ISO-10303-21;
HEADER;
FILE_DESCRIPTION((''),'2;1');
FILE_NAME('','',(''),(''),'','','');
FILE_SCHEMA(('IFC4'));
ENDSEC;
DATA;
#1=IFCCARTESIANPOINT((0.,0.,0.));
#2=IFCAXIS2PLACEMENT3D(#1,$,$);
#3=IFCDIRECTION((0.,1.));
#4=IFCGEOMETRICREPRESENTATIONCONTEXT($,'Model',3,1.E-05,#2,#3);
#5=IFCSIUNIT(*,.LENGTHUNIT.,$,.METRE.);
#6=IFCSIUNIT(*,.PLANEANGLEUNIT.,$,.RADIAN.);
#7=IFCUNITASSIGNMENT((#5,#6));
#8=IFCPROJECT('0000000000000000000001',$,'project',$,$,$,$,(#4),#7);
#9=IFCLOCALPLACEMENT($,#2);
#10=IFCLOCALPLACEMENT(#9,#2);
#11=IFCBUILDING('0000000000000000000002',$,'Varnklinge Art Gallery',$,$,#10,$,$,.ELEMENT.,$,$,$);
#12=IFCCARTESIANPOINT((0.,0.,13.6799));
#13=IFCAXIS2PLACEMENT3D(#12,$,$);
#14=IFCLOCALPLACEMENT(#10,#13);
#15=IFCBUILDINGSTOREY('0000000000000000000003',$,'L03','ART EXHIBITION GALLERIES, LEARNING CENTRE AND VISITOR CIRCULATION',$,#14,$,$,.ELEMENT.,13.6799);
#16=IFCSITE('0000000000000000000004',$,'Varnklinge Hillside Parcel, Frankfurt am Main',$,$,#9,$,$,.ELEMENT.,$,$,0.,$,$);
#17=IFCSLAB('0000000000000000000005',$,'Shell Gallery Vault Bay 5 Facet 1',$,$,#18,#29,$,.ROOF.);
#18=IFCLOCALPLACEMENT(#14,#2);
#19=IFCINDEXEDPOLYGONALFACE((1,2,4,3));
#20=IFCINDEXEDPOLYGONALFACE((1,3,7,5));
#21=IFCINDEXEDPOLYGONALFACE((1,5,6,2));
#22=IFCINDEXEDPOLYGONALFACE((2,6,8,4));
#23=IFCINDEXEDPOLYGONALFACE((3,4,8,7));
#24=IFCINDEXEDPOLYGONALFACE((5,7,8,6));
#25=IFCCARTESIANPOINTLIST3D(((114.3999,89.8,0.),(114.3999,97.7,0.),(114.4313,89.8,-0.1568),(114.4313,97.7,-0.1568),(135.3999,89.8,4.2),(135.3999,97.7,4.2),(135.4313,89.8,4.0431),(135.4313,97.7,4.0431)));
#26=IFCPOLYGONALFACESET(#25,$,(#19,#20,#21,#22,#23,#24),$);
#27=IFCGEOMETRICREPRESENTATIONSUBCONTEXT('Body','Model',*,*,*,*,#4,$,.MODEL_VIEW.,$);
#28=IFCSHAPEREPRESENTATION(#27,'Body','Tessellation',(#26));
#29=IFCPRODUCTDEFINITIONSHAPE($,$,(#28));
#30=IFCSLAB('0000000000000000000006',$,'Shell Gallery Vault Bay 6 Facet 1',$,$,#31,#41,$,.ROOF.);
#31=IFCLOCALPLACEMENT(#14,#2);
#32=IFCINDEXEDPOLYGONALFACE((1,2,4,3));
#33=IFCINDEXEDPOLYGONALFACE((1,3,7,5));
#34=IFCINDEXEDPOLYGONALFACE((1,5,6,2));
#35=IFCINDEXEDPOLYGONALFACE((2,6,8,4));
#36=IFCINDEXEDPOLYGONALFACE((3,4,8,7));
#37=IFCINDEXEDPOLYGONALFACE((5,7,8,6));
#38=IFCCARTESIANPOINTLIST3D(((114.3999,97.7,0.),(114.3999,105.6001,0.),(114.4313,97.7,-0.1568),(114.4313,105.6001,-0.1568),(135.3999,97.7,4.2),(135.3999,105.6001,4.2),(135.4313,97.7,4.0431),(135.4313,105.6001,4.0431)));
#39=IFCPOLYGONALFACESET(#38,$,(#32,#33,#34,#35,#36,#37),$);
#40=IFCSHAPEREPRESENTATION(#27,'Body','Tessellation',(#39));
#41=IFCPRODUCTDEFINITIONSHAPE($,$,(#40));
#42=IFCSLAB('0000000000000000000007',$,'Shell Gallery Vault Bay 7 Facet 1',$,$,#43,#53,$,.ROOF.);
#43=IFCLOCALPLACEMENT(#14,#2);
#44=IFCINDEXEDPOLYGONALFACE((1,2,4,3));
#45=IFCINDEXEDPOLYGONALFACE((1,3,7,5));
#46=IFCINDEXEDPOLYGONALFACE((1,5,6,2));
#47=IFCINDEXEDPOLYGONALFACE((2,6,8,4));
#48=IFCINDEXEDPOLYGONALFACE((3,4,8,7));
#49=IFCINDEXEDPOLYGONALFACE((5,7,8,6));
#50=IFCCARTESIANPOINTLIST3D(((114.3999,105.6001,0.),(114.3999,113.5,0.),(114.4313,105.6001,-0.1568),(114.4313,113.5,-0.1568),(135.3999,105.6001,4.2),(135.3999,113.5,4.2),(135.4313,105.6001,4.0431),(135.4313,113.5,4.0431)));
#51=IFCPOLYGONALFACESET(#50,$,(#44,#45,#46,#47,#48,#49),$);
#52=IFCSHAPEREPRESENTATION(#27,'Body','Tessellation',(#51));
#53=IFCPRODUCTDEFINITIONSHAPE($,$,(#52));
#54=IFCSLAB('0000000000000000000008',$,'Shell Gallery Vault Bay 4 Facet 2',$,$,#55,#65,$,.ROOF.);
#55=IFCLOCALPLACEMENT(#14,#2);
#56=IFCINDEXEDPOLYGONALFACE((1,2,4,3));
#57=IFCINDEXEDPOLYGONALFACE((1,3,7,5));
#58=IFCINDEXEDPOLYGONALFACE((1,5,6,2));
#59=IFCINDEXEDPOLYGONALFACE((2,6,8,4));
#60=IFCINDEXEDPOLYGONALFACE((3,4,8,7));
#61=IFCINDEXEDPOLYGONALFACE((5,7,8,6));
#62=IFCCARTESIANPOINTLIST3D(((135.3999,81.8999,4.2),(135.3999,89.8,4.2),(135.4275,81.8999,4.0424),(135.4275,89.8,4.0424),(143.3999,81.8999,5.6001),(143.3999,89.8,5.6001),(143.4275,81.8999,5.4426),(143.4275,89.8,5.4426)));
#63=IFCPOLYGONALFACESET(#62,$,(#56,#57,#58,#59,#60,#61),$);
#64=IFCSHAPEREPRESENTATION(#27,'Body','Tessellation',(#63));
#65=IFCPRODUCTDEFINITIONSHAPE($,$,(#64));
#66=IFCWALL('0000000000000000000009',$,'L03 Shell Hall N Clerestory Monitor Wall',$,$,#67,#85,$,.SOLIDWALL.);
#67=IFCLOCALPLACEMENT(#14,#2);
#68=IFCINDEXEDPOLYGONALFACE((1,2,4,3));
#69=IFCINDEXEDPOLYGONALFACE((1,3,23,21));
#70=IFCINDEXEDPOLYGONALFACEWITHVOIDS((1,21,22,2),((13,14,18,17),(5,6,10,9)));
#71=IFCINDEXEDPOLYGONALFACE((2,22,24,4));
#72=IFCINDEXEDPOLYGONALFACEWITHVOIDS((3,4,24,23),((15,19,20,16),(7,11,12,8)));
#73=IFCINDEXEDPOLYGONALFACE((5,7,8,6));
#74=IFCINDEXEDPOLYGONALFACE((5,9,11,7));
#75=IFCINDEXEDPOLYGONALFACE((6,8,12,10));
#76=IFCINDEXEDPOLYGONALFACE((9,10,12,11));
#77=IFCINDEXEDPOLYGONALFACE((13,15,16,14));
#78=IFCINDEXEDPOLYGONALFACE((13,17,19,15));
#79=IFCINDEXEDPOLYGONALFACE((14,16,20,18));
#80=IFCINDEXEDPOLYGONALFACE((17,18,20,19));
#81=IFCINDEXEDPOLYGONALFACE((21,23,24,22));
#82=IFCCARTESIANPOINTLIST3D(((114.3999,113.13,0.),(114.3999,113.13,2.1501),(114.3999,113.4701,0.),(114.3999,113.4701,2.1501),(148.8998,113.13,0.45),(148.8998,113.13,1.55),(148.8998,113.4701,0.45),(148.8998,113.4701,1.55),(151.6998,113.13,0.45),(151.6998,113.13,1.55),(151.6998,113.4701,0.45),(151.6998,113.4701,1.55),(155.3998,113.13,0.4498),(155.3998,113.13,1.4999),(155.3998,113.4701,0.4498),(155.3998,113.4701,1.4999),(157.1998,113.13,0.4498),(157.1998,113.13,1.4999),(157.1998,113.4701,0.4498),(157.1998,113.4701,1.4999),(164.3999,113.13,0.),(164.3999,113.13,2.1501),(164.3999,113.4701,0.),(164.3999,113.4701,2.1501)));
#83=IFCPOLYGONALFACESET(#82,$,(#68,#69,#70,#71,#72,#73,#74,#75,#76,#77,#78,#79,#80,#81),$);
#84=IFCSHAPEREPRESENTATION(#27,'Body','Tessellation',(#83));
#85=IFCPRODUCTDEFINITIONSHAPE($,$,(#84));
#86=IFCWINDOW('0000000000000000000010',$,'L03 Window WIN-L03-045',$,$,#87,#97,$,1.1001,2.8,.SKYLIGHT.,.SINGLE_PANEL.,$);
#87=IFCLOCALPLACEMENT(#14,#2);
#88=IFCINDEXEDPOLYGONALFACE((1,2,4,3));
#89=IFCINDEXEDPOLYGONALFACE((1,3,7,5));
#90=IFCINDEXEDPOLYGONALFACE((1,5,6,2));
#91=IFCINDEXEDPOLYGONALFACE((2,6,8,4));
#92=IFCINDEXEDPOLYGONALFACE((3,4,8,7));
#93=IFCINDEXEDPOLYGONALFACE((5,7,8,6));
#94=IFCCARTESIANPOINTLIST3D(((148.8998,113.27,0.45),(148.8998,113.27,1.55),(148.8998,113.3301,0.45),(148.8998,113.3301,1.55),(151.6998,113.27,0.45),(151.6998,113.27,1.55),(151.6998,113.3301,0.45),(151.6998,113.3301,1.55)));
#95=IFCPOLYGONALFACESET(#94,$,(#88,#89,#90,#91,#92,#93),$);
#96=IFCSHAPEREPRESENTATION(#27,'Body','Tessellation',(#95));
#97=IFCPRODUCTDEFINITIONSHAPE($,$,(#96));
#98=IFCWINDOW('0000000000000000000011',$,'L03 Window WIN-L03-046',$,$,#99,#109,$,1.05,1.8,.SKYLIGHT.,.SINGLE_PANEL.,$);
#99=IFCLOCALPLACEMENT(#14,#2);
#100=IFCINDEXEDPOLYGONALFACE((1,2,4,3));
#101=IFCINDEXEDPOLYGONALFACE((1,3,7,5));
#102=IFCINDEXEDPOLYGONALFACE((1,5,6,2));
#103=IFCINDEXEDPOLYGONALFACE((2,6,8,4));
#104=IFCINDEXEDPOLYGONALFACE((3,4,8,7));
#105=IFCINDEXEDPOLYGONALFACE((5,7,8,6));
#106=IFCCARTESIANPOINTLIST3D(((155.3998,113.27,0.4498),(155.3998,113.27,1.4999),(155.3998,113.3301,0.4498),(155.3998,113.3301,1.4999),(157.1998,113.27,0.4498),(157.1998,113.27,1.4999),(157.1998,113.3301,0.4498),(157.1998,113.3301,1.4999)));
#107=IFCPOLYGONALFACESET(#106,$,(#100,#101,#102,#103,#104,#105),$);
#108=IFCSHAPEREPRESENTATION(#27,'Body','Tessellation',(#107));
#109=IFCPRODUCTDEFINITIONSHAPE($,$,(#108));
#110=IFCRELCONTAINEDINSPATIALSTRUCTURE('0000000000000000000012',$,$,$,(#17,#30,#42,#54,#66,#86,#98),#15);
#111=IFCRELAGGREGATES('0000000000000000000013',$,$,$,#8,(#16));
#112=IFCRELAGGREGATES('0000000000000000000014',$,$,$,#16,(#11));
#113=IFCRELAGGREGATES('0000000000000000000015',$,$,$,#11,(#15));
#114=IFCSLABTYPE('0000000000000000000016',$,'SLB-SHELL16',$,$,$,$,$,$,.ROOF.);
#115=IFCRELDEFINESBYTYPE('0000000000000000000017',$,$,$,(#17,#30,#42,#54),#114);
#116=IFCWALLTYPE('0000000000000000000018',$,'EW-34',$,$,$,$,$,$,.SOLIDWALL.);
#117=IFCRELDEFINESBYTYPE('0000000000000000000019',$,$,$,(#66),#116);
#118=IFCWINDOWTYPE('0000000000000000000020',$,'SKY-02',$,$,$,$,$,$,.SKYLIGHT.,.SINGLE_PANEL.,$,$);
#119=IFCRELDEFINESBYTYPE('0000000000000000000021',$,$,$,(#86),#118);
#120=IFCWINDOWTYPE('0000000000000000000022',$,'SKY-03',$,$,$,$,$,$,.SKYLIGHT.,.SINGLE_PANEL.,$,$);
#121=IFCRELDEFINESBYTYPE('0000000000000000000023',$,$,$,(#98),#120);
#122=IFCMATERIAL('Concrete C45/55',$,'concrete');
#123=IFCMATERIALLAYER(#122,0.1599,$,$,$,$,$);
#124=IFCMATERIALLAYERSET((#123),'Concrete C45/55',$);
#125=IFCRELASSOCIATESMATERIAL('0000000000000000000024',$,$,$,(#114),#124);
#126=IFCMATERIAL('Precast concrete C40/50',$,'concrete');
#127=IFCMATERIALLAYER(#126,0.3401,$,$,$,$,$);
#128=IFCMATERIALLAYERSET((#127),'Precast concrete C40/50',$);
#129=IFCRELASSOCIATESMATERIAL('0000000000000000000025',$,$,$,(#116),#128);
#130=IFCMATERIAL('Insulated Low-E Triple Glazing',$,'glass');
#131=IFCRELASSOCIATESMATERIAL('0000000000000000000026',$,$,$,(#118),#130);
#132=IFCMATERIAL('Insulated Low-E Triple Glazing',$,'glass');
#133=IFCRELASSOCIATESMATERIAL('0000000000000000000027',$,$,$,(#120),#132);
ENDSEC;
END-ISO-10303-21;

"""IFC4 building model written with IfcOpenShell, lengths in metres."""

from ifc_helpers import new_model, si_unit, direction, frame, frame_2d, origin, place, context, subcontext, project, spatial, polyline, rectangle, outline, extrude, material, layer, layer_set, type_object, element, fill, save


model = new_model("IFC4")

# Units and contexts
model_context = context("Model", 3, precision=1e-05, world=origin(), true_north=direction((0.0, 1.0)))
body_context = subcontext(model_context, "Body", "Model", "MODEL_VIEW")
ifc_project = project(units=[si_unit("LENGTHUNIT", "METRE"), si_unit("PLANEANGLEUNIT", "RADIAN")], contexts=[model_context])

# Site, building, storey
site_placement = place(None, origin())
site = spatial("IfcSite", under=ifc_project, at=site_placement, Name="Varnklinge Hillside Parcel, Frankfurt am Main", CompositionType="ELEMENT", RefElevation=0.0)
building_placement = place(site_placement, origin())
building = spatial("IfcBuilding", under=site, at=building_placement, Name="Varnklinge Art Gallery", CompositionType="ELEMENT")
storey_placement = place(building_placement, frame((0.0, 0.0, 13.6799)))
storey = spatial("IfcBuildingStorey", under=building, at=storey_placement, Name="L03", Description="ART EXHIBITION GALLERIES, LEARNING CENTRE AND VISITOR CIRCULATION", CompositionType="ELEMENT", Elevation=13.6799)

# Slabs
ifc_material_1 = material(Name="Concrete C45/55", Category="concrete")
ifc_layer_1 = layer(ifc_material_1, 0.1599)
ifc_layer_set_1 = layer_set([ifc_layer_1], Name="Concrete C45/55")
slab_type = type_object("IfcSlabType", Name="SLB-SHELL16", PredefinedType="ROOF", material=ifc_layer_set_1)
slab_1_placement = place(storey_placement, frame((114.3999, 89.8, 0.0), z_axis=(-0.196114, 0.0, 0.980581), x_axis=(0.980581, 0.0, 0.196114)))
element("IfcSlab", 1, at=slab_1_placement, inside=storey, type_object=slab_type, Name="Shell Gallery Vault Bay 5 Facet 1", PredefinedType="ROOF", context=body_context, shape_type="SweptSolid", body=[
    extrude(outline(polyline([(0.0, 0.0), (21.4159, 0.0), (21.4159, 7.8999), (0.0, 7.8999), (0.0, 0.0)])), origin(), (0.0, 0.0, -1.0), 0.1599),
])
slab_2_placement = place(storey_placement, frame((114.3999, 97.7, 0.0), z_axis=(-0.196114, 0.0, 0.980581), x_axis=(0.980581, 0.0, 0.196114)))
element("IfcSlab", 2, at=slab_2_placement, inside=storey, type_object=slab_type, Name="Shell Gallery Vault Bay 6 Facet 1", PredefinedType="ROOF", context=body_context, shape_type="SweptSolid", body=[
    extrude(outline(polyline([(0.0, 0.0), (21.4159, 0.0), (21.4159, 7.9001), (0.0, 7.9001), (0.0, 0.0)])), origin(), (0.0, 0.0, -1.0), 0.1599),
])
slab_3_placement = place(storey_placement, frame((114.3999, 105.6001, 0.0), z_axis=(-0.196114, 0.0, 0.980581), x_axis=(0.980581, 0.0, 0.196114)))
element("IfcSlab", 3, at=slab_3_placement, inside=storey, type_object=slab_type, Name="Shell Gallery Vault Bay 7 Facet 1", PredefinedType="ROOF", context=body_context, shape_type="SweptSolid", body=[
    extrude(outline(polyline([(0.0, 0.0), (21.4159, 0.0), (21.4159, 7.8999), (0.0, 7.8999), (0.0, 0.0)])), origin(), (0.0, 0.0, -1.0), 0.1599),
])
slab_4_placement = place(storey_placement, frame((135.3999, 81.8999, 4.2), z_axis=(-0.172398, 0.0, 0.985027), x_axis=(0.985027, 0.0, 0.172398)))
element("IfcSlab", 4, at=slab_4_placement, inside=storey, type_object=slab_type, Name="Shell Gallery Vault Bay 4 Facet 2", PredefinedType="ROOF", context=body_context, shape_type="SweptSolid", body=[
    extrude(outline(polyline([(0.0, 0.0), (8.1216, 0.0), (8.1216, 7.9001), (0.0, 7.9001), (0.0, 0.0)])), origin(), (0.0, 0.0, -1.0), 0.1599),
])

# Wall, openings, windows
ifc_material_2 = material(Name="Precast concrete C40/50", Category="concrete")
ifc_layer_2 = layer(ifc_material_2, 0.3401)
ifc_layer_set_2 = layer_set([ifc_layer_2], Name="Precast concrete C40/50")
wall_type = type_object("IfcWallType", Name="EW-34", PredefinedType="SOLIDWALL", material=ifc_layer_set_2)
wall_placement = place(storey_placement, frame((114.3999, 113.3, 0.0), z_axis=(0.0, 0.0, 1.0), x_axis=(1.0, 0.0, 0.0)))
wall = element("IfcWall", 5, at=wall_placement, inside=storey, type_object=wall_type, Name="L03 Shell Hall N Clerestory Monitor Wall", PredefinedType="SOLIDWALL", context=body_context, shape_type="SweptSolid", body=[
    extrude(rectangle(XDim=50.0, YDim=0.3401, at=frame_2d((25.0, 0.0))), origin(), (0.0, 0.0, 1.0), 2.1501),
])
opening_1_placement = place(wall_placement, frame((34.5, 0.0, 0.45)))
opening_1 = element("IfcOpeningElement", 6, at=opening_1_placement, cuts=wall, PredefinedType="OPENING", context=body_context, shape_type="SweptSolid", body=[
    extrude(rectangle(XDim=2.8, YDim=1.1001, at=frame_2d((1.3999, 0.55))), frame((0.0, 0.1799, 0.0), z_axis=(0.0, -1.0, 0.0), x_axis=(1.0, 0.0, 0.0)), (0.0, 0.0, 1.0), 0.3601),
])
opening_2_placement = place(wall_placement, frame((41.0, 0.0, 0.45)))
opening_2 = element("IfcOpeningElement", 7, at=opening_2_placement, cuts=wall, PredefinedType="OPENING", context=body_context, shape_type="SweptSolid", body=[
    extrude(rectangle(XDim=1.8, YDim=1.05, at=frame_2d((0.8999, 0.5249))), frame((0.0, 0.1799, 0.0), z_axis=(0.0, -1.0, 0.0), x_axis=(1.0, 0.0, 0.0)), (0.0, 0.0, 1.0), 0.3601),
])
ifc_material_3 = material(Name="Insulated Low-E Triple Glazing", Category="glass")
window_type_1 = type_object("IfcWindowType", Name="SKY-02", PartitioningType="SINGLE_PANEL", PredefinedType="SKYLIGHT", material=ifc_material_3)
window_1_placement = place(opening_1_placement, origin())
window_1 = element("IfcWindow", 8, at=window_1_placement, inside=storey, type_object=window_type_1, Name="L03 Window WIN-L03-045", OverallHeight=1.1001, OverallWidth=2.8, PartitioningType="SINGLE_PANEL", PredefinedType="SKYLIGHT", context=body_context, shape_type="SweptSolid", body=[
    extrude(rectangle(XDim=2.8, YDim=1.1001, at=frame_2d((1.3999, 0.55))), frame((0.0, 0.03, 0.0), z_axis=(0.0, -1.0, 0.0), x_axis=(1.0, 0.0, 0.0)), (0.0, 0.0, 1.0), 0.0601),
])
fill(opening_1, window_1)
ifc_material_4 = material(Name="Insulated Low-E Triple Glazing", Category="glass")
window_type_2 = type_object("IfcWindowType", Name="SKY-03", PartitioningType="SINGLE_PANEL", PredefinedType="SKYLIGHT", material=ifc_material_4)
window_2_placement = place(opening_2_placement, origin())
window_2 = element("IfcWindow", 9, at=window_2_placement, inside=storey, type_object=window_type_2, Name="L03 Window WIN-L03-046", OverallHeight=1.05, OverallWidth=1.8, PartitioningType="SINGLE_PANEL", PredefinedType="SKYLIGHT", context=body_context, shape_type="SweptSolid", body=[
    extrude(rectangle(XDim=1.8, YDim=1.05, at=frame_2d((0.8999, 0.5249))), frame((0.0, 0.03, 0.0), z_axis=(0.0, -1.0, 0.0), x_axis=(1.0, 0.0, 0.0)), (0.0, 0.0, 1.0), 0.0601),
])
fill(opening_2, window_2)

save(model, "model.ifc")
